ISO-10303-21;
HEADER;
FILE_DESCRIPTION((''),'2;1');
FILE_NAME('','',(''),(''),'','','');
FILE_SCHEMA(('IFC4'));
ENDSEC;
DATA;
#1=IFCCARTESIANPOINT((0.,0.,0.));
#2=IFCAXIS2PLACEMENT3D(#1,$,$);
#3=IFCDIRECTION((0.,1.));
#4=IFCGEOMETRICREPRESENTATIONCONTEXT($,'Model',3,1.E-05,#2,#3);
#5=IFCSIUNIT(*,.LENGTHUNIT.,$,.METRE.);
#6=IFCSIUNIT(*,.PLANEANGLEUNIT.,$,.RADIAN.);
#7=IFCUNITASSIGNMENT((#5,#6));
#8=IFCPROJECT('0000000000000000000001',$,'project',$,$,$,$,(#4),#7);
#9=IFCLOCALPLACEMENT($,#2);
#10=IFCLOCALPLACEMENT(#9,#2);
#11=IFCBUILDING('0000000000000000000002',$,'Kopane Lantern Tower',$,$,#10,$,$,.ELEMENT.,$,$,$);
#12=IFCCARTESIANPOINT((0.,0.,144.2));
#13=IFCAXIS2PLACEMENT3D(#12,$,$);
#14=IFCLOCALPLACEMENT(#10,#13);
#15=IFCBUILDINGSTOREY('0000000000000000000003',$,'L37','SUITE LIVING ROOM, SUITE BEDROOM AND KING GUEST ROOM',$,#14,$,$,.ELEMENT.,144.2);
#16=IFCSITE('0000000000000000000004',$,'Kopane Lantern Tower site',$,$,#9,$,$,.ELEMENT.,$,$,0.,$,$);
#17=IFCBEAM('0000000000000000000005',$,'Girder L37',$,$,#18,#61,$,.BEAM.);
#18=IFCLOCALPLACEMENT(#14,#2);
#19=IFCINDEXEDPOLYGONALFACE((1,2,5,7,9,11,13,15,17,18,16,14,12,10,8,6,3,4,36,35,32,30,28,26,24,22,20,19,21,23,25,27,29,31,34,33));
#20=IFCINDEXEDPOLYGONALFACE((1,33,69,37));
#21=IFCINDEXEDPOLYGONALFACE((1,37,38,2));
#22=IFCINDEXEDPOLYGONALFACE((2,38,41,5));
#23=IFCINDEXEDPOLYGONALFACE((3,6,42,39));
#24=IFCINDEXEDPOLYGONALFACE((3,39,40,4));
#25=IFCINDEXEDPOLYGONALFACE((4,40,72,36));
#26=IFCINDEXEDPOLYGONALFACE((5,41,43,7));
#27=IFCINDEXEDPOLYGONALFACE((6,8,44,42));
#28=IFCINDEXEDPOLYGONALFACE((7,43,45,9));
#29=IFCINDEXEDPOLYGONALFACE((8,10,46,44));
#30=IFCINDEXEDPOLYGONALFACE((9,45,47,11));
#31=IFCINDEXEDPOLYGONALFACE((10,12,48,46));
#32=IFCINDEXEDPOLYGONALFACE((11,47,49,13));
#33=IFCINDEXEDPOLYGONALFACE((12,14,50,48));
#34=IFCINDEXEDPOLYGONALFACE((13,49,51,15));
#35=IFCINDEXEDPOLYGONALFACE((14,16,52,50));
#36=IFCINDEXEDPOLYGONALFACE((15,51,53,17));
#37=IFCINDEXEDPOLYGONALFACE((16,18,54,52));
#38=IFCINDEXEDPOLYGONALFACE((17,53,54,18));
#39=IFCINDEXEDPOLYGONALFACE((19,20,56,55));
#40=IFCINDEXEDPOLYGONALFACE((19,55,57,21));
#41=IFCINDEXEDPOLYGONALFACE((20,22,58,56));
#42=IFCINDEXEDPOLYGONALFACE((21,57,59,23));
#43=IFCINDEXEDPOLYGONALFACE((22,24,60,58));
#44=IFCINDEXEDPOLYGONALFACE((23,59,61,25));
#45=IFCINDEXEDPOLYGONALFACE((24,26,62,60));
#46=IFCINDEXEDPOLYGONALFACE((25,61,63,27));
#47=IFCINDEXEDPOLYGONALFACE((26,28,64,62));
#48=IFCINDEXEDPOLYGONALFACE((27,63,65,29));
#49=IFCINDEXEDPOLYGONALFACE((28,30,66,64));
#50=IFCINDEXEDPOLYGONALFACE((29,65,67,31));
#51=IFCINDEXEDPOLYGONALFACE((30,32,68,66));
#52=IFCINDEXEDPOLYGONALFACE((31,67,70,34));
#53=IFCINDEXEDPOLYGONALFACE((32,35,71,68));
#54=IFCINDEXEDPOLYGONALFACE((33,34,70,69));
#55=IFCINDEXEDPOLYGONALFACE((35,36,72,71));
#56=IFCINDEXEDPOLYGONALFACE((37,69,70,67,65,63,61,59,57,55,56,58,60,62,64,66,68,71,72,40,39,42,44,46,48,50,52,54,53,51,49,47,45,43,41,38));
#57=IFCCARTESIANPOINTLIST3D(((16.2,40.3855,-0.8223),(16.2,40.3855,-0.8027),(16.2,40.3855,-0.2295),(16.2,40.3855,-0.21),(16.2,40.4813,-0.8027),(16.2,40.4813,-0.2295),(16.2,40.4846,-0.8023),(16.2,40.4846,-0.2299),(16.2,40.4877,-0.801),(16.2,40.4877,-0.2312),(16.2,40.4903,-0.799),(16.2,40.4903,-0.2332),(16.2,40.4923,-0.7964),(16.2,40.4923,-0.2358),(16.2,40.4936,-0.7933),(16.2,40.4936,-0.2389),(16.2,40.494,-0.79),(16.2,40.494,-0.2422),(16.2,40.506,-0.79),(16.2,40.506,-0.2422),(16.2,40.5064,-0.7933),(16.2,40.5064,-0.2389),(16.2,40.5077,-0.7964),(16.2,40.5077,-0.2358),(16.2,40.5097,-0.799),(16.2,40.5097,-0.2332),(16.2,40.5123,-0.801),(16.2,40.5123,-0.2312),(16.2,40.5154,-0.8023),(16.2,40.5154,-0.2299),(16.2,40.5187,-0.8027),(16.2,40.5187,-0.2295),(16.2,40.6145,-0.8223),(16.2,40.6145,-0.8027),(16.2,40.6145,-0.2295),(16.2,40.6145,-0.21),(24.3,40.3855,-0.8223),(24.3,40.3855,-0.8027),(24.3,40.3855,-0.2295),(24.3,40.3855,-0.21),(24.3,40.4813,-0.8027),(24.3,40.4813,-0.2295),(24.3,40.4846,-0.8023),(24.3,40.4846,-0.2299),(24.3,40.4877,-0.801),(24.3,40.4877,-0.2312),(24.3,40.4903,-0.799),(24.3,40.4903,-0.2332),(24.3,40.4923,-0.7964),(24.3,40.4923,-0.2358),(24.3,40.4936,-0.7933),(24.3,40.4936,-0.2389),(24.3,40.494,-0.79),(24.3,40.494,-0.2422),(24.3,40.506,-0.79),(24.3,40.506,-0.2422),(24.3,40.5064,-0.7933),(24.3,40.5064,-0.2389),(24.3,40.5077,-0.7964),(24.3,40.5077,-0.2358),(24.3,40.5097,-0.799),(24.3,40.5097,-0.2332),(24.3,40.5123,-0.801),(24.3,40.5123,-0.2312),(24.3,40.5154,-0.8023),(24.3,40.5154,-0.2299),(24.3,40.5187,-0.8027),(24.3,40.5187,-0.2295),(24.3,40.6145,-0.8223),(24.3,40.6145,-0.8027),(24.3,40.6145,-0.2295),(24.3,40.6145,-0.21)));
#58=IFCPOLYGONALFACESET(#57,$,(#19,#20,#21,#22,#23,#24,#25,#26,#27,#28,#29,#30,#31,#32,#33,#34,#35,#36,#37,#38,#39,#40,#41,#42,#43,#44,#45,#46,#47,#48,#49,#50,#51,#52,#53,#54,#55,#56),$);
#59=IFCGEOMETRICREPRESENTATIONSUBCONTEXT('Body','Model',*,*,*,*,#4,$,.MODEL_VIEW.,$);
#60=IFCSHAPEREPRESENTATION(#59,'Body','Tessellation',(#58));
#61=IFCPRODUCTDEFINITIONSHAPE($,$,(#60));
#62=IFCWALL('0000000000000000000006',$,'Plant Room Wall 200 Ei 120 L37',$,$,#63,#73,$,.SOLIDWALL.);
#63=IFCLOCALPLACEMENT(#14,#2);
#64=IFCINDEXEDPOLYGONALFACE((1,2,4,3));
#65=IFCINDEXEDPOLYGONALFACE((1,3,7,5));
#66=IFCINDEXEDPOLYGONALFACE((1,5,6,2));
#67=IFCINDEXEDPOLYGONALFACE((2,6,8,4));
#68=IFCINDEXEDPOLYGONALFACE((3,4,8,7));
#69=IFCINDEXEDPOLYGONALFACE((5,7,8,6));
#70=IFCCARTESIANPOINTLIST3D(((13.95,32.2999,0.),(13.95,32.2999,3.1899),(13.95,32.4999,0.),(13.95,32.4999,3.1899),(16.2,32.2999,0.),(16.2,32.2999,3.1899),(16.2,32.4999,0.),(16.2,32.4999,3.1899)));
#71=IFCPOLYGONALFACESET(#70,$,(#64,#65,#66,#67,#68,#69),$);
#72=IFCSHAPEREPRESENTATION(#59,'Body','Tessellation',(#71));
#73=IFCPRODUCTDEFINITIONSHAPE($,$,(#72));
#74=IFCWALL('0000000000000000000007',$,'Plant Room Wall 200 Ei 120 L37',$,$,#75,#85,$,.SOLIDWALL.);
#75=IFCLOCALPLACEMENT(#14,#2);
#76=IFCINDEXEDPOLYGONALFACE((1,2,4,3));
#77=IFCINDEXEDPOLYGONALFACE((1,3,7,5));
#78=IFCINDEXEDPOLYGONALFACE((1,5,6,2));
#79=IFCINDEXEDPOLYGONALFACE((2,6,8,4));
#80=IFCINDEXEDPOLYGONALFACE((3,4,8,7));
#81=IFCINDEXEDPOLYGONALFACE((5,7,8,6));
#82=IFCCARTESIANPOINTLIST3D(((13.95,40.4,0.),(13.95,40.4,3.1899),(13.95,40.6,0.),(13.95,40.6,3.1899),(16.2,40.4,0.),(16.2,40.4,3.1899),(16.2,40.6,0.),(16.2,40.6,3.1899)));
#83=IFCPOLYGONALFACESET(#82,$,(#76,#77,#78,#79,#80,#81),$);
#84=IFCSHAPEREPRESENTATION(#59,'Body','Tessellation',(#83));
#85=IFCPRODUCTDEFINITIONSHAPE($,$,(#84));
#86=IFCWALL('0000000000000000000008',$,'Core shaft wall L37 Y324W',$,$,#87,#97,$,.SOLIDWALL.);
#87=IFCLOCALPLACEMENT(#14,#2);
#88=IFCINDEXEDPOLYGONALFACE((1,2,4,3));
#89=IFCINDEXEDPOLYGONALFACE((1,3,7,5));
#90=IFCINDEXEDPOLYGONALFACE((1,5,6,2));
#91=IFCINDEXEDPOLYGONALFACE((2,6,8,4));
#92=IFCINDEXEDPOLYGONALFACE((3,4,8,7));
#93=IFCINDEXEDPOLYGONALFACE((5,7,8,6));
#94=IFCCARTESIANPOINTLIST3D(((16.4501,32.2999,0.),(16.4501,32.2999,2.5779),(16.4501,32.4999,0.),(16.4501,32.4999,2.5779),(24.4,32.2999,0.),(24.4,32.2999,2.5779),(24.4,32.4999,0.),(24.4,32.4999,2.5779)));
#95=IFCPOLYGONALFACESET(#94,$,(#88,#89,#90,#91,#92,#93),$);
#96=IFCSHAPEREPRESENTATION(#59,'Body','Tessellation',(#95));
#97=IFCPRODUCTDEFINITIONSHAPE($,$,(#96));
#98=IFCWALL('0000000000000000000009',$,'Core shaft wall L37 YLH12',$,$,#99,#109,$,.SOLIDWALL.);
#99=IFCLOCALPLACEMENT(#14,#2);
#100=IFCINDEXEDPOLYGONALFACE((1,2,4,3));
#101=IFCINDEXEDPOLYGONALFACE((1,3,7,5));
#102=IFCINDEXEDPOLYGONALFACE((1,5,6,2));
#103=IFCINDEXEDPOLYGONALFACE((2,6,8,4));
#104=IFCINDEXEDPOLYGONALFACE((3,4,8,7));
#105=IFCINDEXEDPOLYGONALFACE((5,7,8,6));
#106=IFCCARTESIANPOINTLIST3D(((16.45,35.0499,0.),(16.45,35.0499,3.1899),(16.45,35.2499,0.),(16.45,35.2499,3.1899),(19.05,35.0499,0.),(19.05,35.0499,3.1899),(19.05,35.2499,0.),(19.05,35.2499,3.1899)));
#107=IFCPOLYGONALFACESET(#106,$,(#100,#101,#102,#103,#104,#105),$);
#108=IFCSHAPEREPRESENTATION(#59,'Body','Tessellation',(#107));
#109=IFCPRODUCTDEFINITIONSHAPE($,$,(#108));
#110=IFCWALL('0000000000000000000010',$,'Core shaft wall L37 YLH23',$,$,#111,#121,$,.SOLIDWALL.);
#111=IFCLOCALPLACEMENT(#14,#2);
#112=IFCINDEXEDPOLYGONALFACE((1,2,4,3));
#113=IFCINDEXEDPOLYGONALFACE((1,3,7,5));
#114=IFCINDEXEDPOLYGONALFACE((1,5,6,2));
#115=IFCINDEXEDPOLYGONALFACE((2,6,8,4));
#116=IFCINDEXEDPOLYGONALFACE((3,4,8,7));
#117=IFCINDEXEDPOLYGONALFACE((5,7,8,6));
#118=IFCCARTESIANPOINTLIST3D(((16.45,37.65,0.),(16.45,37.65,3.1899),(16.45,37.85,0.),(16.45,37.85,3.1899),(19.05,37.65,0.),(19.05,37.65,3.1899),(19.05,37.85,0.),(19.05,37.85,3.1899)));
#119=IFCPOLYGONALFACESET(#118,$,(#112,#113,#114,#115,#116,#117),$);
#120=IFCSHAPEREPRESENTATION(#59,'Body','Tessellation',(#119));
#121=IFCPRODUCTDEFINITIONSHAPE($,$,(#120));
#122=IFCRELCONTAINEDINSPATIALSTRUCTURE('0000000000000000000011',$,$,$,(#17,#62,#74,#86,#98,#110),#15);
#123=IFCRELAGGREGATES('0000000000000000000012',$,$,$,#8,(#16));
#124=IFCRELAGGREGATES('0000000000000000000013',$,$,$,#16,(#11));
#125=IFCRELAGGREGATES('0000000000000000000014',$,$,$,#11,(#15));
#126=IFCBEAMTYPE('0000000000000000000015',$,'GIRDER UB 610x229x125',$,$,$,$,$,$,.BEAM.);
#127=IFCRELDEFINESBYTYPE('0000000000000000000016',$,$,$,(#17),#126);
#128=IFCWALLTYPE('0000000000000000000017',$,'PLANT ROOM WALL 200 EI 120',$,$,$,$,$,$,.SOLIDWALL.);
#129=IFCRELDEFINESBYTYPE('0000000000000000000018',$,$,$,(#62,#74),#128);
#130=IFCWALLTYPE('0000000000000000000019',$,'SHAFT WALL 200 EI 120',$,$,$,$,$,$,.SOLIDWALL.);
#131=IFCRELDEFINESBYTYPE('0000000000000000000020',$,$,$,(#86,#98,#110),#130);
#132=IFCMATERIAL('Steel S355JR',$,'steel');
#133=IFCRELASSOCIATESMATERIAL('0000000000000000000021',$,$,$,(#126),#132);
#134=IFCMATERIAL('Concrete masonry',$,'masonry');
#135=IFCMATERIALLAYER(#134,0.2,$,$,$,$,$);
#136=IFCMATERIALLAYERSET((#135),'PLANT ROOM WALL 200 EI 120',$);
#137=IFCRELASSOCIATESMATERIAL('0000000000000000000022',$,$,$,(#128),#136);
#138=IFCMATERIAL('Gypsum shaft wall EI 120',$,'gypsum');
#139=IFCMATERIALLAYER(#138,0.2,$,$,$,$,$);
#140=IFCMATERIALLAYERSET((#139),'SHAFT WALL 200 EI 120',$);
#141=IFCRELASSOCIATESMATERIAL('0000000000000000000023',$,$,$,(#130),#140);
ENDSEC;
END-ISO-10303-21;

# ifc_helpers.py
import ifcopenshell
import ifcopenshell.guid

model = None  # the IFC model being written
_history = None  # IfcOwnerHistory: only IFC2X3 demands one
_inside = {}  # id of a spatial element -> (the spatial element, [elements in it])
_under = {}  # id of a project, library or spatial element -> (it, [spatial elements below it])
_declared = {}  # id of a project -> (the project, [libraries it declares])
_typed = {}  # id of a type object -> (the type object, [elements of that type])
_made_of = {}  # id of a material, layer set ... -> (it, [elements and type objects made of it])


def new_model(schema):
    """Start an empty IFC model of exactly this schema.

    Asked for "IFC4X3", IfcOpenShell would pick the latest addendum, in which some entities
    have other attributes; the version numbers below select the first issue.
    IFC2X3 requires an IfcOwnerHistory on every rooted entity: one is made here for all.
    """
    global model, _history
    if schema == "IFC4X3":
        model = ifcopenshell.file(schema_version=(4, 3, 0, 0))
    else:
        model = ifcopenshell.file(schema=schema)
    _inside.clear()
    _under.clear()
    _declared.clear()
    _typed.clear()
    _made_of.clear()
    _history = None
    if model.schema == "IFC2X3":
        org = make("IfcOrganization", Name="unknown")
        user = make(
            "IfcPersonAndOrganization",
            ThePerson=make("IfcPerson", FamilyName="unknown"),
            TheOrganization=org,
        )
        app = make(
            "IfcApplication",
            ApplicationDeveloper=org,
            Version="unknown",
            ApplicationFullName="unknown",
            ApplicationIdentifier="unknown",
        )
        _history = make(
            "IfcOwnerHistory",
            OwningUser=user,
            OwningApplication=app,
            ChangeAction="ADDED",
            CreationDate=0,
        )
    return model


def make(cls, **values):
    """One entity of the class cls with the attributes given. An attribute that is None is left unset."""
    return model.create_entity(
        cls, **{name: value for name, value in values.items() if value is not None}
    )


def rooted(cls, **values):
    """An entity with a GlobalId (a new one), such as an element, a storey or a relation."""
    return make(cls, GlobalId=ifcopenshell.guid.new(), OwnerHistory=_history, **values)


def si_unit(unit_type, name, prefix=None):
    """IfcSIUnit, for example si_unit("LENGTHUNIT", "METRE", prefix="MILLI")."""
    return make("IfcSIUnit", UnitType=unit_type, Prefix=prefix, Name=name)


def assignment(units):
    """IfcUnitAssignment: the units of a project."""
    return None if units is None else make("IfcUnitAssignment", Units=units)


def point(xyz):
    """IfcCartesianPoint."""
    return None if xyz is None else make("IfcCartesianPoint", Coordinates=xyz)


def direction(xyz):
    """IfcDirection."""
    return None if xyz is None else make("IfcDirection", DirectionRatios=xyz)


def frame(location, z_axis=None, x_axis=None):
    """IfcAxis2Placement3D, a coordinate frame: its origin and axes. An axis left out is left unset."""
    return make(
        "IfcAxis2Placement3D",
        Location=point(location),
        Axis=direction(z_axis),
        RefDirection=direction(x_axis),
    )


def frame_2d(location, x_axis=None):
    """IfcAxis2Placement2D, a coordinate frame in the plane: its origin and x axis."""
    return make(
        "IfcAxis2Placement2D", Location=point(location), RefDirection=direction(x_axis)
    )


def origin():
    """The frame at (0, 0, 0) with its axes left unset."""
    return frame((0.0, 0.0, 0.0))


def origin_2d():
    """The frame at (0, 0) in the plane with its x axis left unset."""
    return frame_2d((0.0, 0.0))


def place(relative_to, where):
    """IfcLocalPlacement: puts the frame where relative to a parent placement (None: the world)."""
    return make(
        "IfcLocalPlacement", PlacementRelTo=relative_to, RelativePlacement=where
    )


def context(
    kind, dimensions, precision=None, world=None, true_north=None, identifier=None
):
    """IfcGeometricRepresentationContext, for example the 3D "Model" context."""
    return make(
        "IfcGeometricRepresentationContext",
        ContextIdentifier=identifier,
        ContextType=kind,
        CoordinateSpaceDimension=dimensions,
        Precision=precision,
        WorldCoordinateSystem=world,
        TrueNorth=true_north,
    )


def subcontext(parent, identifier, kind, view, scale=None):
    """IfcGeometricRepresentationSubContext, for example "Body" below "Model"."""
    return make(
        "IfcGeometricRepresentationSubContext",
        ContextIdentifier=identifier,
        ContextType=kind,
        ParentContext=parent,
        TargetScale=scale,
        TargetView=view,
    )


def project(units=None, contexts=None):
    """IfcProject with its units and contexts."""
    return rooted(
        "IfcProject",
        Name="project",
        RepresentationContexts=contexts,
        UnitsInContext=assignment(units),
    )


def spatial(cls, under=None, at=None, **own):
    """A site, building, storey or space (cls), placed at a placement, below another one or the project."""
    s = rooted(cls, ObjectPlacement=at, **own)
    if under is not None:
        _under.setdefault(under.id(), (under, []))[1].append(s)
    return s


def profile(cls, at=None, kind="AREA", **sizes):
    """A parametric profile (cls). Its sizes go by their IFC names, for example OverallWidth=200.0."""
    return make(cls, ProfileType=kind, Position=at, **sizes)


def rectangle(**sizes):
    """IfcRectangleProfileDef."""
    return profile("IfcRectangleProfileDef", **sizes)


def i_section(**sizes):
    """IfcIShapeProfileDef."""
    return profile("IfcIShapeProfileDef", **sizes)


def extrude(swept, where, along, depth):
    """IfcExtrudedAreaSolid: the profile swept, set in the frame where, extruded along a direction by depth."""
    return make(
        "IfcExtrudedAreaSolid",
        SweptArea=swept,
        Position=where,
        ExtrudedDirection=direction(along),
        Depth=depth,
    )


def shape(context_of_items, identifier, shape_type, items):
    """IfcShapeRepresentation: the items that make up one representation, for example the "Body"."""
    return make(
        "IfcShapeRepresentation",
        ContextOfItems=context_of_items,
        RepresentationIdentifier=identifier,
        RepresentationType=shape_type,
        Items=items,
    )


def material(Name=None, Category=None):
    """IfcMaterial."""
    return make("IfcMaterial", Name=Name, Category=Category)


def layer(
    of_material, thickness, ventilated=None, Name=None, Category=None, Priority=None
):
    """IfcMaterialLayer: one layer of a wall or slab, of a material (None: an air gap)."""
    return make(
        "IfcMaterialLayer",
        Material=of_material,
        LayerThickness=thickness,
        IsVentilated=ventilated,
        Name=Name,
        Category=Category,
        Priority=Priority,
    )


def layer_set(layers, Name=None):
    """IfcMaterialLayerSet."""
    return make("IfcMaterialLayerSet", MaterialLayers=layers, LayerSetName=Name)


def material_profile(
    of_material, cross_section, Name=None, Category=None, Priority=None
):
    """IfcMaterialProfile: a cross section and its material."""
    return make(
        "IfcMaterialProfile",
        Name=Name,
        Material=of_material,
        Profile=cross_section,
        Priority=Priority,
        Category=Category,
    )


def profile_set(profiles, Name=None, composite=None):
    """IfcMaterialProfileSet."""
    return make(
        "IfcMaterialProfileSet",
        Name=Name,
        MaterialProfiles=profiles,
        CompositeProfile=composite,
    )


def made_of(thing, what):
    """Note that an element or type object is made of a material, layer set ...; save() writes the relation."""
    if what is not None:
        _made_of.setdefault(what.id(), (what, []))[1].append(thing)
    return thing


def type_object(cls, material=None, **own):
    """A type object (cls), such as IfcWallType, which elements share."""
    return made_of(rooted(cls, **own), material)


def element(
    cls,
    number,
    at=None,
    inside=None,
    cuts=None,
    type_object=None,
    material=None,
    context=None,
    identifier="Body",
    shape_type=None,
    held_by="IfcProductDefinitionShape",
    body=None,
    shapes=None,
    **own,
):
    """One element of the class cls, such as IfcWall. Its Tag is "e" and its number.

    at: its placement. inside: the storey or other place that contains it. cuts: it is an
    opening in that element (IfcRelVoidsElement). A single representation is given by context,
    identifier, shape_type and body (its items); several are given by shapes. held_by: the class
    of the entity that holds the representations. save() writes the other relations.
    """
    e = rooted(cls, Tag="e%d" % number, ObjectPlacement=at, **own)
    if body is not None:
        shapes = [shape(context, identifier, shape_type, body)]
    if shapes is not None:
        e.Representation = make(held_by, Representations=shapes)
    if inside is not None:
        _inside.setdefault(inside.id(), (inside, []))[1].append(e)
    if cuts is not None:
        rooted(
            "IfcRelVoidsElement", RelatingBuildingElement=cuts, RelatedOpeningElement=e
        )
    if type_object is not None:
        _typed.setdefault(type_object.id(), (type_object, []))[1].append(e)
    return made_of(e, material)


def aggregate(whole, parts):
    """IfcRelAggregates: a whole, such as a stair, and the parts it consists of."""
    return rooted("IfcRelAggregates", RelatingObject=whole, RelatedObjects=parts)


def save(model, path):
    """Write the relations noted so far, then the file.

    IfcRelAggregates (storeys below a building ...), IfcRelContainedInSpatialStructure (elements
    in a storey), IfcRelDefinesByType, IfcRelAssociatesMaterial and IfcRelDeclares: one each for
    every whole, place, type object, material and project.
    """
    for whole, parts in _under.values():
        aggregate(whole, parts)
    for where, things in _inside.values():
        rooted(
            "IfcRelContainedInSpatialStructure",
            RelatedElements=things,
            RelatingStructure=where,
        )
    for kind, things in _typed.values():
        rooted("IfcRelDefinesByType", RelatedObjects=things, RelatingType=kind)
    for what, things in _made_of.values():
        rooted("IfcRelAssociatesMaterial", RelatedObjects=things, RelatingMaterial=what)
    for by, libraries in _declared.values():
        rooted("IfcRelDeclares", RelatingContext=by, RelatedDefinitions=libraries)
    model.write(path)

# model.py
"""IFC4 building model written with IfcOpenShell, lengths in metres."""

from ifc_helpers import new_model, si_unit, direction, frame, frame_2d, origin, origin_2d, place, context, subcontext, project, spatial, rectangle, i_section, extrude, material, layer, layer_set, material_profile, profile_set, type_object, element, save


model = new_model("IFC4")

# Units and contexts
model_context = context("Model", 3, precision=1e-05, world=origin(), true_north=direction((0.0, 1.0)))
body_context = subcontext(model_context, "Body", "Model", "MODEL_VIEW")
ifc_project = project(units=[si_unit("LENGTHUNIT", "METRE"), si_unit("PLANEANGLEUNIT", "RADIAN")], contexts=[model_context])

# Site, building, storey
site_placement = place(None, origin())
site = spatial("IfcSite", under=ifc_project, at=site_placement, Name="Kopane Lantern Tower site", CompositionType="ELEMENT", RefElevation=0.0)
building_placement = place(site_placement, origin())
building = spatial("IfcBuilding", under=site, at=building_placement, Name="Kopane Lantern Tower", CompositionType="ELEMENT")
storey_placement = place(building_placement, frame((0.0, 0.0, 144.2)))
storey = spatial("IfcBuildingStorey", under=building, at=storey_placement, Name="L37", Description="SUITE LIVING ROOM, SUITE BEDROOM AND KING GUEST ROOM", CompositionType="ELEMENT", Elevation=144.2)

# Beam
ifc_material_1 = material(Name="Steel S355JR", Category="steel")
ifc_material_profile_1 = material_profile(ifc_material_1, i_section(OverallWidth=0.229, OverallDepth=0.6123, WebThickness=0.012, FlangeThickness=0.0195, FilletRadius=0.0127, at=origin_2d()), Name="UB 610x229x125")
ifc_profile_set_1 = profile_set([ifc_material_profile_1], Name="Steel S355JR")
beam_type_1 = type_object("IfcBeamType", Name="GIRDER UB 610x229x125", PredefinedType="BEAM", material=ifc_profile_set_1)
beam_1_placement = place(storey_placement, frame((16.2, 40.5, -0.5161), z_axis=(1.0, 0.0, 0.0), x_axis=(0.0, 1.0, 0.0)))
element("IfcBeam", 1, at=beam_1_placement, inside=storey, type_object=beam_type_1, Name="Girder L37", PredefinedType="BEAM", context=body_context, shape_type="SweptSolid", body=[
    extrude(i_section(OverallWidth=0.229, OverallDepth=0.6123, WebThickness=0.012, FlangeThickness=0.0195, FilletRadius=0.0127, at=origin_2d()), origin(), (0.0, 0.0, 1.0), 8.1001),
])

# Walls
ifc_material_2 = material(Name="Concrete masonry", Category="masonry")
ifc_layer_1 = layer(ifc_material_2, 0.2)
ifc_layer_set_1 = layer_set([ifc_layer_1], Name="PLANT ROOM WALL 200 EI 120")
wall_type_1 = type_object("IfcWallType", Name="PLANT ROOM WALL 200 EI 120", PredefinedType="SOLIDWALL", material=ifc_layer_set_1)
for number, where, z_axis, x_axis, name in (
    (2, (13.95, 32.3999, 0.0), (0.0, 0.0, 1.0), (1.0, 0.0, 0.0), "Plant Room Wall 200 Ei 120 L37"),
    (3, (13.95, 40.5, 0.0), (0.0, 0.0, 1.0), (1.0, 0.0, 0.0), "Plant Room Wall 200 Ei 120 L37"),
):
    element("IfcWall", number, at=place(storey_placement, frame(where, z_axis=z_axis, x_axis=x_axis)), inside=storey, type_object=wall_type_1, Name=name, PredefinedType="SOLIDWALL", context=body_context, shape_type="SweptSolid", body=[
        extrude(rectangle(XDim=2.25, YDim=0.2, at=frame_2d((1.125, 0.0))), origin(), (0.0, 0.0, 1.0), 3.1899),
    ])
ifc_material_3 = material(Name="Gypsum shaft wall EI 120", Category="gypsum")
ifc_layer_2 = layer(ifc_material_3, 0.2)
ifc_layer_set_2 = layer_set([ifc_layer_2], Name="SHAFT WALL 200 EI 120")
wall_type_2 = type_object("IfcWallType", Name="SHAFT WALL 200 EI 120", PredefinedType="SOLIDWALL", material=ifc_layer_set_2)
wall_1_placement = place(storey_placement, frame((16.45, 32.3999, 0.0), z_axis=(0.0, 0.0, 1.0), x_axis=(1.0, 0.0, 0.0)))
element("IfcWall", 4, at=wall_1_placement, inside=storey, type_object=wall_type_2, Name="Core shaft wall L37 Y324W", PredefinedType="SOLIDWALL", context=body_context, shape_type="SweptSolid", body=[
    extrude(rectangle(XDim=7.95, YDim=0.2, at=frame_2d((3.9751, 0.0))), origin(), (0.0, 0.0, 1.0), 2.5779),
])
for number, where, z_axis, x_axis, name in (
    (5, (16.45, 35.1499, 0.0), (0.0, 0.0, 1.0), (1.0, 0.0, 0.0), "Core shaft wall L37 YLH12"),
    (6, (16.45, 37.75, 0.0), (0.0, 0.0, 1.0), (1.0, 0.0, 0.0), "Core shaft wall L37 YLH23"),
):
    element("IfcWall", number, at=place(storey_placement, frame(where, z_axis=z_axis, x_axis=x_axis)), inside=storey, type_object=wall_type_2, Name=name, PredefinedType="SOLIDWALL", context=body_context, shape_type="SweptSolid", body=[
        extrude(rectangle(XDim=2.6001, YDim=0.2, at=frame_2d((1.3, 0.0))), origin(), (0.0, 0.0, 1.0), 3.1899),
    ])

save(model, "model.ifc")
